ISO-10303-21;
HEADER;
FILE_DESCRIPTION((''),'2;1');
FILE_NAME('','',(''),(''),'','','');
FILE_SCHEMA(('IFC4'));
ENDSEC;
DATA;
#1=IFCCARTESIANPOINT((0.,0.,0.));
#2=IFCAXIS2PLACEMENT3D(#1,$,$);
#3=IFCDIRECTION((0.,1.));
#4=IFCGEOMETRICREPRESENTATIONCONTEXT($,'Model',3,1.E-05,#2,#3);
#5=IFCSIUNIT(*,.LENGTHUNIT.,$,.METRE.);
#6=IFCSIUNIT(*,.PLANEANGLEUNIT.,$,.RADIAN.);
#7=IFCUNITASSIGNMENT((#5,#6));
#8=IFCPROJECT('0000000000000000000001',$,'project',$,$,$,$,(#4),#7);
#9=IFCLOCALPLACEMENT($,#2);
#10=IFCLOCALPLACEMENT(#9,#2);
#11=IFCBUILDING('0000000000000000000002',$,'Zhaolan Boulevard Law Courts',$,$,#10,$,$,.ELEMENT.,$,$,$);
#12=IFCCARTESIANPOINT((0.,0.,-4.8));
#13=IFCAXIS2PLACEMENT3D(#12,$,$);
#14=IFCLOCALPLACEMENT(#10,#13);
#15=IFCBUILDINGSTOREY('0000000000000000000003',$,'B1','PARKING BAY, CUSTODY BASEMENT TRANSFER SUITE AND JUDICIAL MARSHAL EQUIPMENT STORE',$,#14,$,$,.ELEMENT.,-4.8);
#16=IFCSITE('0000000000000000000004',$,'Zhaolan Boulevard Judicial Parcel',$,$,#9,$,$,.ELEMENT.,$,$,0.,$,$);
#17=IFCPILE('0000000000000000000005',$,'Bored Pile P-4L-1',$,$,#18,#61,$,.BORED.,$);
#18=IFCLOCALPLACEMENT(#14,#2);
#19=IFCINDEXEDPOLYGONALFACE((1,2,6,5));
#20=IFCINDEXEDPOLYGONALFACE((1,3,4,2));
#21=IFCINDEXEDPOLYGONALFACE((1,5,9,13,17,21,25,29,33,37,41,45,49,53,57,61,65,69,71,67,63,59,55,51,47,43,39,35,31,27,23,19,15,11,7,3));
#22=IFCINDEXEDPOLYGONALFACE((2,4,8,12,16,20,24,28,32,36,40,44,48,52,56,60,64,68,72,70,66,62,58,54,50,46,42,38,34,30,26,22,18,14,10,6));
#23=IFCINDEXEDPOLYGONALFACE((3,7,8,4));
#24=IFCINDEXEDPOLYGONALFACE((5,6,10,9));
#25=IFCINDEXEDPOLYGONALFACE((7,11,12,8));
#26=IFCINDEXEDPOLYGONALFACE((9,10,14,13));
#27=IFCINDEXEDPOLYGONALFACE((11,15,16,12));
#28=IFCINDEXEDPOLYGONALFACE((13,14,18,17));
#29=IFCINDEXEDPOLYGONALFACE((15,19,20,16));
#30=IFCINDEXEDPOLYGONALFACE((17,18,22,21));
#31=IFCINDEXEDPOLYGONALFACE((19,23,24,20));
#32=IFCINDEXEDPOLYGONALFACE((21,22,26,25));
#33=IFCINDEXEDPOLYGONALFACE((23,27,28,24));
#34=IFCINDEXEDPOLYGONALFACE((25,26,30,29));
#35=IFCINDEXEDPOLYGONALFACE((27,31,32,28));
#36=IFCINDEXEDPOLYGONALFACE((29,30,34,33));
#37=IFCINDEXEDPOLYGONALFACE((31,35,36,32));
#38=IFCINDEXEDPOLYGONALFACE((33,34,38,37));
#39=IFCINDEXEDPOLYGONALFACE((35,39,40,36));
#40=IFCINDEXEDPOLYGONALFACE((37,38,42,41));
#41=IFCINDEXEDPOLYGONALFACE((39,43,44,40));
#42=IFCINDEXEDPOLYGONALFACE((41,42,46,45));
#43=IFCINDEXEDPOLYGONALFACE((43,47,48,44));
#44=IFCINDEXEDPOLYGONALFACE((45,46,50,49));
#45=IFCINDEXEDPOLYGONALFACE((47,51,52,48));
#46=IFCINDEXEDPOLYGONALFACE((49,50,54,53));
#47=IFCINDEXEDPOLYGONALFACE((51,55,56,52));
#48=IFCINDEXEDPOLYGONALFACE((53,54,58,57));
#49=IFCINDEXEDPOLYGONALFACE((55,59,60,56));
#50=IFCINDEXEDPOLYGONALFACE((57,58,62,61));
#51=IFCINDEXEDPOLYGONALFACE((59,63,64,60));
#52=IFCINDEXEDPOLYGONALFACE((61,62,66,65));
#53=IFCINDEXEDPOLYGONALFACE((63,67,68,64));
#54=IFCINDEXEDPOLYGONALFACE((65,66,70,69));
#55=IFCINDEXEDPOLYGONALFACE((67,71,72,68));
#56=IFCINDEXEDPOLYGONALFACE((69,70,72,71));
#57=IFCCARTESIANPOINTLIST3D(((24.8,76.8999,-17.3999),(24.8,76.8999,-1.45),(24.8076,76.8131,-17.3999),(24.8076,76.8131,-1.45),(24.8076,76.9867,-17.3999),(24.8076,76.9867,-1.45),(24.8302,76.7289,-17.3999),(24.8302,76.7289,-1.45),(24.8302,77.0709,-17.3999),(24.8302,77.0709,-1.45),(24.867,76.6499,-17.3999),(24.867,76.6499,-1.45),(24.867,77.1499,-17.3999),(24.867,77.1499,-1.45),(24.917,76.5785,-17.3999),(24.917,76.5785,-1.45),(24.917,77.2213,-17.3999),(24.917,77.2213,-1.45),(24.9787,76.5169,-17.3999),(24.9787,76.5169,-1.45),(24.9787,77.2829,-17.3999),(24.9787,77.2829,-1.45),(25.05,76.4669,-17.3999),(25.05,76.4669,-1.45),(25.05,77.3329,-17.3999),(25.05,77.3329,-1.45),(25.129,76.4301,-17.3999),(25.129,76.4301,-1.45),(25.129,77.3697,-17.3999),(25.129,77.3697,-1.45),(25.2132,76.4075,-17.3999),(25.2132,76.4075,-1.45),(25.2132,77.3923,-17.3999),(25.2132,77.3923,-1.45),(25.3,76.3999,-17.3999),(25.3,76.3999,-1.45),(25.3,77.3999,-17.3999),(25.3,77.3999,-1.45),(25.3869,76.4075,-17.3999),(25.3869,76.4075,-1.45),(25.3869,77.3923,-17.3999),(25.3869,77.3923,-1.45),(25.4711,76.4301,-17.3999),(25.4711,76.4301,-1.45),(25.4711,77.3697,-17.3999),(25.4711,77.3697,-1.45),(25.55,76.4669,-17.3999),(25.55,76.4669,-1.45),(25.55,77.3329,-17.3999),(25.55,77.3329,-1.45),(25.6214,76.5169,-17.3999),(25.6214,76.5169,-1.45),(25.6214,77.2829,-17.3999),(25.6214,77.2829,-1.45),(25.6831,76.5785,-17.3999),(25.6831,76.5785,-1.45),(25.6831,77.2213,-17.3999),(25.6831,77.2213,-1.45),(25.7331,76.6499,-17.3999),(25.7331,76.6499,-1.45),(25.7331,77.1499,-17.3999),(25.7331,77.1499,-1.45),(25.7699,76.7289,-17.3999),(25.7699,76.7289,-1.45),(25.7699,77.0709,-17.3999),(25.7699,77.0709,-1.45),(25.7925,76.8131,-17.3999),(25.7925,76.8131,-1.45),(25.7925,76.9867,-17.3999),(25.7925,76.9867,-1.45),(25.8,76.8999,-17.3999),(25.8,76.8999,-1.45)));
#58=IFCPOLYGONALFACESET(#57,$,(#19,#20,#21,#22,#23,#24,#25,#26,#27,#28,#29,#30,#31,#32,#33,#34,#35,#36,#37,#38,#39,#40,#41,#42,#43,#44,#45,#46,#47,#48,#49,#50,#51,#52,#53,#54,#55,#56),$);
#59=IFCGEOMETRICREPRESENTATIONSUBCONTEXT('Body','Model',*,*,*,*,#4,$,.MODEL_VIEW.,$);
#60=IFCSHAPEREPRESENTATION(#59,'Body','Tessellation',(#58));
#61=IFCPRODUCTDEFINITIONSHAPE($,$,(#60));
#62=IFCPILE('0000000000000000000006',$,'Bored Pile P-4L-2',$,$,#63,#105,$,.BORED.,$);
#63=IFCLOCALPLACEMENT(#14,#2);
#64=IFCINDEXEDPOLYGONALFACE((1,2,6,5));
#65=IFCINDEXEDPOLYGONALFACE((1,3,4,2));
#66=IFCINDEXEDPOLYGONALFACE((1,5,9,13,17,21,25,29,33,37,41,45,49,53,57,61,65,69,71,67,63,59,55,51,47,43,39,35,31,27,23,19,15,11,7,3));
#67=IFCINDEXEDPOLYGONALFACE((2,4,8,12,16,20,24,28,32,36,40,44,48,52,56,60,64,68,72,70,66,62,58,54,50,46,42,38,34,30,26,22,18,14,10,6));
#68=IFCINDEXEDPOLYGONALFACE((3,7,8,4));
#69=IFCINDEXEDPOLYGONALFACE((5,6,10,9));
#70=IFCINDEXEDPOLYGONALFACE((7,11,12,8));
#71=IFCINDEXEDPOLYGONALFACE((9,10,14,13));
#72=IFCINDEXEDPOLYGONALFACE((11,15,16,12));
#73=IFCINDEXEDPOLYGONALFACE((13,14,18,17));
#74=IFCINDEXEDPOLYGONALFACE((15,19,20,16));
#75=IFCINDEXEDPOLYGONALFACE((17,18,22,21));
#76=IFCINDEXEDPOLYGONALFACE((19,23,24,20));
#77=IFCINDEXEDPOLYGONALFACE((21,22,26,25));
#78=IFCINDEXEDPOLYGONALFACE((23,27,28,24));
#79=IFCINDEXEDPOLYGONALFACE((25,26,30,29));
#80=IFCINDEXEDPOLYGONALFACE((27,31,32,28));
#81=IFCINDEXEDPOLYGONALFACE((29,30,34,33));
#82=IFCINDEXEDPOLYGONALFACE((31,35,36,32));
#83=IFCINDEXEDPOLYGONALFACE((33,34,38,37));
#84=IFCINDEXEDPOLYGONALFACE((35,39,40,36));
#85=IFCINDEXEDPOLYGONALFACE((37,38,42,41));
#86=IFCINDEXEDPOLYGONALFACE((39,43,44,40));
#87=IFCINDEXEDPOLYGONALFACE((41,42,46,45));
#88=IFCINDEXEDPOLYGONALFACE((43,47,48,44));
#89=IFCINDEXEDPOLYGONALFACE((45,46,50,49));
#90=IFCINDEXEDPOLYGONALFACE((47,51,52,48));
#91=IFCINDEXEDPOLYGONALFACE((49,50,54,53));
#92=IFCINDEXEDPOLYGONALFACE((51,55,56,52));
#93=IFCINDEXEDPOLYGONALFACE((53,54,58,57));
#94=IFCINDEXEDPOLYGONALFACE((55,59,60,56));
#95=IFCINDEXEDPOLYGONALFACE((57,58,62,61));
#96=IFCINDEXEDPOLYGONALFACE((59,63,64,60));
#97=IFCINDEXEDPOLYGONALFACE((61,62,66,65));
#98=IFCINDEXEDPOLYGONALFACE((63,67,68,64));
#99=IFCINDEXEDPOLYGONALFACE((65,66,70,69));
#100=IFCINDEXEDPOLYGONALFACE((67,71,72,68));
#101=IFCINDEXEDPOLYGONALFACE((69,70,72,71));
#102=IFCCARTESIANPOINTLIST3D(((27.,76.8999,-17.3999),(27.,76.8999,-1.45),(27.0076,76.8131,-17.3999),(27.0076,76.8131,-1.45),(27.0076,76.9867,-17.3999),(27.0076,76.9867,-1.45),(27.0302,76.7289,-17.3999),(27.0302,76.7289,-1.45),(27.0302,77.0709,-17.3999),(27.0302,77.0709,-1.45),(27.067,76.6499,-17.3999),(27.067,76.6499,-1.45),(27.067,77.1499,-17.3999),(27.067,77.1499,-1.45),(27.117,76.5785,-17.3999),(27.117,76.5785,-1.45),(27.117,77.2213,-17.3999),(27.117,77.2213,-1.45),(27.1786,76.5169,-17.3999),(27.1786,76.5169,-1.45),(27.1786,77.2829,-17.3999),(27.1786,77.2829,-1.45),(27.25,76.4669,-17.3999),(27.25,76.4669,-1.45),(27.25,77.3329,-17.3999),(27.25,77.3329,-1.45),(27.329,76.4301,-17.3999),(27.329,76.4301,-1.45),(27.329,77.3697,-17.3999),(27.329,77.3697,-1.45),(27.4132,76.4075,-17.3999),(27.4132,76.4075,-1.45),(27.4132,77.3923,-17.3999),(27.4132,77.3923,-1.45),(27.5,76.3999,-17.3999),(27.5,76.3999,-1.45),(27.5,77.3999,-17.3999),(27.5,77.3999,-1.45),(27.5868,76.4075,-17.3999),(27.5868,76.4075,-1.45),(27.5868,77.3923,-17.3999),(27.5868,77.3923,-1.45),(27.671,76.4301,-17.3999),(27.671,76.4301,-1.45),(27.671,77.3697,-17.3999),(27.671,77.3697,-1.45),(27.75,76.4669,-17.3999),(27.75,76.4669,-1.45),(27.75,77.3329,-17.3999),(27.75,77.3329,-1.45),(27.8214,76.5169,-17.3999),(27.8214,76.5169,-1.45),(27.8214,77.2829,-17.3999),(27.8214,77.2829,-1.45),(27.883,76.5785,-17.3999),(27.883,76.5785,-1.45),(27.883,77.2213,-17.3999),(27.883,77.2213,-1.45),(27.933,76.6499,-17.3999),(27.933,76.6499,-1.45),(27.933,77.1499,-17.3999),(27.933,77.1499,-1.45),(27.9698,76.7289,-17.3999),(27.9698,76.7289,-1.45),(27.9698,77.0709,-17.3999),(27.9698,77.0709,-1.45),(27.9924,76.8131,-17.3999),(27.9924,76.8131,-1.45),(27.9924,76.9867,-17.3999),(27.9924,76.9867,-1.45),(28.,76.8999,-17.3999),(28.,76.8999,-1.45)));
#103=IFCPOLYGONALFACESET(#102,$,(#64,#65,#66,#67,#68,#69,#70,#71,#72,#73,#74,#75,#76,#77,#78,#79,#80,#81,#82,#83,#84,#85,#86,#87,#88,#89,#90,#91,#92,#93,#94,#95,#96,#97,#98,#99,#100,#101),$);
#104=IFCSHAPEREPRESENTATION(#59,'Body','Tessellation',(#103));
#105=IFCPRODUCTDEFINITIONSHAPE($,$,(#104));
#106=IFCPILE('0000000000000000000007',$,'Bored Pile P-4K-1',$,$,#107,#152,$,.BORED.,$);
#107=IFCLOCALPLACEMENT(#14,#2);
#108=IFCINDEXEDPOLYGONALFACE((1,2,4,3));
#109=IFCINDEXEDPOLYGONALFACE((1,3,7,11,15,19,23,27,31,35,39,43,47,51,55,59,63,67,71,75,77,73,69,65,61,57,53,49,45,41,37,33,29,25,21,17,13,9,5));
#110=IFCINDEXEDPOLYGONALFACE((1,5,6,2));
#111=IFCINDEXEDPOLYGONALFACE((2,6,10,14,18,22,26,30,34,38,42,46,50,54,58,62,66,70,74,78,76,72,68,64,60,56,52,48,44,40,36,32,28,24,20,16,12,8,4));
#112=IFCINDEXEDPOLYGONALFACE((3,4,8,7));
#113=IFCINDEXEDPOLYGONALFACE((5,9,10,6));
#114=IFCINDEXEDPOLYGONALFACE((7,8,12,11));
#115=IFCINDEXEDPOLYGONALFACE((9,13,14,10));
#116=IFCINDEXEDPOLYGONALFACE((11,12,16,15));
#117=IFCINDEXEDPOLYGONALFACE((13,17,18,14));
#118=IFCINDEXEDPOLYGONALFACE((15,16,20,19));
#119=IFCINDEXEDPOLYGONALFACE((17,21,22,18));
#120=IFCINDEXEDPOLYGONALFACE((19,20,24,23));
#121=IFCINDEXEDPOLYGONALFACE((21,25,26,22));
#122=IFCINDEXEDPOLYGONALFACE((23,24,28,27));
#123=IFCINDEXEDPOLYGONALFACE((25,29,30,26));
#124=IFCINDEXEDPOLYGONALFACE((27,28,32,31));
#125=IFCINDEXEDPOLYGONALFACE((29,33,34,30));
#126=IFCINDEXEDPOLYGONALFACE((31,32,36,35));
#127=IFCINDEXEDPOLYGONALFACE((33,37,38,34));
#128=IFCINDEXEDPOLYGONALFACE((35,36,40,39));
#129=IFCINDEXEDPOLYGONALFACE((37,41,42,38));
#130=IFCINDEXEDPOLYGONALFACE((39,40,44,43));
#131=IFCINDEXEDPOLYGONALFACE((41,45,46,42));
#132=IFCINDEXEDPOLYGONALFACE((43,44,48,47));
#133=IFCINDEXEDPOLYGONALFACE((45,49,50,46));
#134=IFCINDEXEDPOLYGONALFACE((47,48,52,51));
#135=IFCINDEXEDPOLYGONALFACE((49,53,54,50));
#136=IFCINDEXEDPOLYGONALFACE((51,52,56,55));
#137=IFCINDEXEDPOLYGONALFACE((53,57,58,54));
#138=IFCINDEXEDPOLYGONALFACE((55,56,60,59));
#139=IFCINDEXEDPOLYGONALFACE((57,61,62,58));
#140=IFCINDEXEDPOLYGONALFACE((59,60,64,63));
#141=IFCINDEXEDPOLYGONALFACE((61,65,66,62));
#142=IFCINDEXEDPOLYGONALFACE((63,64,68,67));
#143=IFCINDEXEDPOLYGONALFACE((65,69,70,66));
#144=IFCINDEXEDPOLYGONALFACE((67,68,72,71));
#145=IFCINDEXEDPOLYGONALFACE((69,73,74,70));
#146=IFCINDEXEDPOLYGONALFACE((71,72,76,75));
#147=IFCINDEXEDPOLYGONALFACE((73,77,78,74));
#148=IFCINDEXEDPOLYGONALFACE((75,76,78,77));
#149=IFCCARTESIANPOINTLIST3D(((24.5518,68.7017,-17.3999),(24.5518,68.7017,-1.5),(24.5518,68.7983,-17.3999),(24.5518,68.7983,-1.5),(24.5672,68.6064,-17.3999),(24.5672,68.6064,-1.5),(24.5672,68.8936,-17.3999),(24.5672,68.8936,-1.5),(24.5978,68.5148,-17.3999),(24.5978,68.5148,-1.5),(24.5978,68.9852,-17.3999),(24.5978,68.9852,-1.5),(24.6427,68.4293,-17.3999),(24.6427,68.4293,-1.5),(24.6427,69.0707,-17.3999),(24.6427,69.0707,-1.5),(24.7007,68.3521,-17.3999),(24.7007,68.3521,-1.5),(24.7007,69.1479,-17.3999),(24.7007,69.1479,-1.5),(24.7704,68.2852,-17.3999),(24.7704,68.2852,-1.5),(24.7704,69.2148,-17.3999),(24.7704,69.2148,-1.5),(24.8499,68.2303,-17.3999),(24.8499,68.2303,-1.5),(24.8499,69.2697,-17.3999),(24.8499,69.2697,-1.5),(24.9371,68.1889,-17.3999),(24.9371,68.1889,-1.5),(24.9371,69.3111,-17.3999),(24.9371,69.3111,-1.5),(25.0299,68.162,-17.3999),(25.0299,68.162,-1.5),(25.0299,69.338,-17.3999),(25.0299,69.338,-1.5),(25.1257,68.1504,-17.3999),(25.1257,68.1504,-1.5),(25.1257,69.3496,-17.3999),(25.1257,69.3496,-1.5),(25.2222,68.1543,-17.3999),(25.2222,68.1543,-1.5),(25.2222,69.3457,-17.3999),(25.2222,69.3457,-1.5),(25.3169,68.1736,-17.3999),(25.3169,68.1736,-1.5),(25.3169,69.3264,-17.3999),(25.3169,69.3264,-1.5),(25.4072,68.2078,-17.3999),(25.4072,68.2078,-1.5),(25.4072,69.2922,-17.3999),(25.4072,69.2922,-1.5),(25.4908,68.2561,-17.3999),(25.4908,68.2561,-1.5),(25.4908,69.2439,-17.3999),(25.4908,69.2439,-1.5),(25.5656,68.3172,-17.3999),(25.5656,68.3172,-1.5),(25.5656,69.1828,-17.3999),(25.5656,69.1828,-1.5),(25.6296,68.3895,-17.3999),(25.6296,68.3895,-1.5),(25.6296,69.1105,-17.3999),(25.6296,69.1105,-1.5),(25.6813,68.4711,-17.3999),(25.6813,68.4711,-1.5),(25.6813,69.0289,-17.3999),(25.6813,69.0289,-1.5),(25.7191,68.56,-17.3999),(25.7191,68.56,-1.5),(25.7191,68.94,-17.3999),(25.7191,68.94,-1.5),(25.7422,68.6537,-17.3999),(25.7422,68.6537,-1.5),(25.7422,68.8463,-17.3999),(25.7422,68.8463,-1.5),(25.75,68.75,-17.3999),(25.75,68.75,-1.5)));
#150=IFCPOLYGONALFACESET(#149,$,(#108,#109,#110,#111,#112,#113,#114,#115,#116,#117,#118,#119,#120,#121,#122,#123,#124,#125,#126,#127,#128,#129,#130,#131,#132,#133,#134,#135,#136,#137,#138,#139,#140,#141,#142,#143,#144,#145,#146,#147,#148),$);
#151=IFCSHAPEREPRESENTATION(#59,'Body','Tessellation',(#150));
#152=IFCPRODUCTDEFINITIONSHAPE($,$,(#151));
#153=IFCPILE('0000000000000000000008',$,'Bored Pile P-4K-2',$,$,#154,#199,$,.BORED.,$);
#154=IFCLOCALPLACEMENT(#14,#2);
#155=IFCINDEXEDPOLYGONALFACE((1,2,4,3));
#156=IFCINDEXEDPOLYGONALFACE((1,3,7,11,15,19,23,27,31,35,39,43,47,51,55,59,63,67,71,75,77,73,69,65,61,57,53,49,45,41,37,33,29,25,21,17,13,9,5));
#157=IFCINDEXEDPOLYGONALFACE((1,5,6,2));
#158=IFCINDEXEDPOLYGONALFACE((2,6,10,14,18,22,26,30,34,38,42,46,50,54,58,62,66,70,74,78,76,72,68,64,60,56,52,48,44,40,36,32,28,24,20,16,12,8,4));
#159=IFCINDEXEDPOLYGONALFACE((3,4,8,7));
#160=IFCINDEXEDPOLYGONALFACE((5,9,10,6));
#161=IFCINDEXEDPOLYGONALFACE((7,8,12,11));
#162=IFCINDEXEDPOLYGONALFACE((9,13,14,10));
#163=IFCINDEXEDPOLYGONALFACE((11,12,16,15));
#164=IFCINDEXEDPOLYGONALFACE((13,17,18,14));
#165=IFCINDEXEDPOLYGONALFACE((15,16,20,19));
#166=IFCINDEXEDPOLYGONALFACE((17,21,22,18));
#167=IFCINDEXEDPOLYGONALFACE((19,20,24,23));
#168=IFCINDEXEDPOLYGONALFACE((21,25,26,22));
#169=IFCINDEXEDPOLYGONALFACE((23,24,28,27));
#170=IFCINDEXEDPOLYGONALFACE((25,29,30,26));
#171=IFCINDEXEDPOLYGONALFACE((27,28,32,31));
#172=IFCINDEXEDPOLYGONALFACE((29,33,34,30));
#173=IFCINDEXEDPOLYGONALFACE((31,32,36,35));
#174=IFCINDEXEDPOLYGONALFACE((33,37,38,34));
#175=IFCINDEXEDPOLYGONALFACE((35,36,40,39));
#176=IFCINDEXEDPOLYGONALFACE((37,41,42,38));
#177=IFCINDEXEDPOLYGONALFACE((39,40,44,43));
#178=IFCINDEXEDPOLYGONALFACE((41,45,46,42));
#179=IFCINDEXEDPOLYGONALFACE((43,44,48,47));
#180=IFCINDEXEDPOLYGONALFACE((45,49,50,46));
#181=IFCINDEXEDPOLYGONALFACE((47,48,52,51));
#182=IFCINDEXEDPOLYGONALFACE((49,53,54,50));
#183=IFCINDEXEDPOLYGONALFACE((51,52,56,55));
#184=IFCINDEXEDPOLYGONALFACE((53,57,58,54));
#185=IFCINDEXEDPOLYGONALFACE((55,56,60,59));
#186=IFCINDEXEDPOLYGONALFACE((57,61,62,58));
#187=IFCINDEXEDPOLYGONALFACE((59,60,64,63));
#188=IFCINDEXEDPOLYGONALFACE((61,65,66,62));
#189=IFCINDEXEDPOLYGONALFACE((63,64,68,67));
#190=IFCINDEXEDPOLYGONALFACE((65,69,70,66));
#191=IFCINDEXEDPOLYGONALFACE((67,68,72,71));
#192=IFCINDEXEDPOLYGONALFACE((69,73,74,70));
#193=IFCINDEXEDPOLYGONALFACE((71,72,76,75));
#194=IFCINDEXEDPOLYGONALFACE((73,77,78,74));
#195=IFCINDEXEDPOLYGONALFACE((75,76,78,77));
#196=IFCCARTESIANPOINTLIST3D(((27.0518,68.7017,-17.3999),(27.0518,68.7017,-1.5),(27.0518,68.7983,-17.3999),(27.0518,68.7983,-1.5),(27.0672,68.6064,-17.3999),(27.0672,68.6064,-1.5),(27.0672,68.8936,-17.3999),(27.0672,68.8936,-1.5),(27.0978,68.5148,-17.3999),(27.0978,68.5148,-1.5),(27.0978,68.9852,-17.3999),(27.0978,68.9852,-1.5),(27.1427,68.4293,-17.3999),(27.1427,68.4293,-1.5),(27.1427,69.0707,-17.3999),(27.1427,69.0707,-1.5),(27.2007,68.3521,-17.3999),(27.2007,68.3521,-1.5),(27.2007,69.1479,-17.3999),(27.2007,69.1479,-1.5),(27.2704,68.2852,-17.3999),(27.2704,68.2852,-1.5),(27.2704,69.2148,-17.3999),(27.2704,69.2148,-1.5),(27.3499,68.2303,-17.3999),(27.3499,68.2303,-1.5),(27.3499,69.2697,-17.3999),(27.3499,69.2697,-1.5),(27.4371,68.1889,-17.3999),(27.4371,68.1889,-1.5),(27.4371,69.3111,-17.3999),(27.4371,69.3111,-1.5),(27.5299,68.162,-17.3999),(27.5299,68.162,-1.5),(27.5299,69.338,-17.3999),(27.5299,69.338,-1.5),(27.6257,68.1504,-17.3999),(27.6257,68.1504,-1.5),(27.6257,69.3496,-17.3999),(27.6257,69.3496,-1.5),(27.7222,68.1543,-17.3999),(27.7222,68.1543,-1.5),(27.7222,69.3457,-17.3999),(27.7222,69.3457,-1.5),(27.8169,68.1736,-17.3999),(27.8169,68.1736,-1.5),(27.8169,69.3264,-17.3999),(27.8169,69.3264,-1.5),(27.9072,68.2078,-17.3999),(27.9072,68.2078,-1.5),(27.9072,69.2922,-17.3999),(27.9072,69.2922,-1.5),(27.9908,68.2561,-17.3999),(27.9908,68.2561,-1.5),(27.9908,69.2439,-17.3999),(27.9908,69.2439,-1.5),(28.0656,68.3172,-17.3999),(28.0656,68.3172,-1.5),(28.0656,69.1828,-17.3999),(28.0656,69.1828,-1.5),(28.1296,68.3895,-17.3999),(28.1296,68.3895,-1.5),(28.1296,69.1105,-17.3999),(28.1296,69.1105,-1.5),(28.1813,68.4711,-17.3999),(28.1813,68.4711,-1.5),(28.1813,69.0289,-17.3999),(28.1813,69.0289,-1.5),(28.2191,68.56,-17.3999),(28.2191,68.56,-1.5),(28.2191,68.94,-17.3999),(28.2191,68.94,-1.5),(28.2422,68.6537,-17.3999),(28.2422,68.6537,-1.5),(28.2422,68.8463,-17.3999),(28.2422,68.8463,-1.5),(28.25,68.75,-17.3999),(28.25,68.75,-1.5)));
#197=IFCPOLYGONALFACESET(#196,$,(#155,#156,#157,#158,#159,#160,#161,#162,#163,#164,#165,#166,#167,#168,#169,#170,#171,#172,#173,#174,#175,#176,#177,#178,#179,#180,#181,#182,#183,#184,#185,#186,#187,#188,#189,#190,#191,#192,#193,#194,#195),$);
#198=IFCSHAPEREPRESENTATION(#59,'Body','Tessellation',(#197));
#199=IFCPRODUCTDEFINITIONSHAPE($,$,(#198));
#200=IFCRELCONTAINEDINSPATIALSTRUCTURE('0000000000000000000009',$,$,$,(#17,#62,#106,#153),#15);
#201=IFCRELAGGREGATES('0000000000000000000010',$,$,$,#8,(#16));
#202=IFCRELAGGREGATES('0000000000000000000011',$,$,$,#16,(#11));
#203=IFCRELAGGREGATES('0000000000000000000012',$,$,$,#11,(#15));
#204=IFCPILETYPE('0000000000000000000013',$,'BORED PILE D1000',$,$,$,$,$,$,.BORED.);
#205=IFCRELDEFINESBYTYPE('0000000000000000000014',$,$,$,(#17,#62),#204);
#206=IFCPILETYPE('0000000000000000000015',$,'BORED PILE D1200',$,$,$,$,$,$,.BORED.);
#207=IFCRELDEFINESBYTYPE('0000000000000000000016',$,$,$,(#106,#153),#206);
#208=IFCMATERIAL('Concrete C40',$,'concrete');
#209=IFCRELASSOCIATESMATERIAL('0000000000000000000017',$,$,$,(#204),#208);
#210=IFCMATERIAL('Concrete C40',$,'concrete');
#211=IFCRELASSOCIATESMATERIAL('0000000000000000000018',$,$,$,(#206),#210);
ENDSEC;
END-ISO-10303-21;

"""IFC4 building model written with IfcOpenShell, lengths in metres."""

from ifc_helpers import new_model, si_unit, direction, frame, origin, origin_2d, place, context, subcontext, project, spatial, circle, extrude, material, material_profile, profile_set, type_object, element, save


model = new_model("IFC4")

# Units and contexts
model_context = context("Model", 3, precision=1e-05, world=origin(), true_north=direction((0.0, 1.0)))
body_context = subcontext(model_context, "Body", "Model", "MODEL_VIEW")
ifc_project = project(units=[si_unit("LENGTHUNIT", "METRE"), si_unit("PLANEANGLEUNIT", "RADIAN")], contexts=[model_context])

# Site, building, storey
site_placement = place(None, origin())
site = spatial("IfcSite", under=ifc_project, at=site_placement, Name="Zhaolan Boulevard Judicial Parcel", CompositionType="ELEMENT", RefElevation=0.0)
building_placement = place(site_placement, origin())
building = spatial("IfcBuilding", under=site, at=building_placement, Name="Zhaolan Boulevard Law Courts", CompositionType="ELEMENT")
storey_placement = place(building_placement, frame((0.0, 0.0, -4.8)))
storey = spatial("IfcBuildingStorey", under=building, at=storey_placement, Name="B1", Description="PARKING BAY, CUSTODY BASEMENT TRANSFER SUITE AND JUDICIAL MARSHAL EQUIPMENT STORE", CompositionType="ELEMENT", Elevation=-4.8)

# Piles
ifc_material_1 = material(Name="Concrete C40", Category="concrete")
ifc_material_profile_1 = material_profile(ifc_material_1, circle(Radius=0.5, at=origin_2d()), Name="PILE-D1000")
ifc_profile_set_1 = profile_set([ifc_material_profile_1], Name="Concrete C40")
pile_type_1 = type_object("IfcPileType", Name="BORED PILE D1000", PredefinedType="BORED", material=ifc_profile_set_1)
for number, where, z_axis, x_axis, name in (
    (1, (25.3, 76.8999, -1.45), (0.0, 0.0, -1.0), (1.0, 0.0, 0.0), "Bored Pile P-4L-1"),
    (2, (27.5, 76.8999, -1.45), (0.0, 0.0, -1.0), (1.0, 0.0, 0.0), "Bored Pile P-4L-2"),
):
    element("IfcPile", number, at=place(storey_placement, frame(where, z_axis=z_axis, x_axis=x_axis)), inside=storey, type_object=pile_type_1, Name=name, PredefinedType="BORED", context=body_context, shape_type="SweptSolid", body=[
        extrude(circle(Radius=0.5, at=origin_2d()), origin(), (0.0, 0.0, 1.0), 15.95),
    ])
ifc_material_2 = material(Name="Concrete C40", Category="concrete")
ifc_material_profile_2 = material_profile(ifc_material_2, circle(Radius=0.6001, at=origin_2d()), Name="PILE-D1200")
ifc_profile_set_2 = profile_set([ifc_material_profile_2], Name="Concrete C40")
pile_type_2 = type_object("IfcPileType", Name="BORED PILE D1200", PredefinedType="BORED", material=ifc_profile_set_2)
for number, where, z_axis, x_axis, name in (
    (3, (25.1499, 68.75, -1.5), (0.0, 0.0, -1.0), (1.0, 0.0, 0.0), "Bored Pile P-4K-1"),
    (4, (27.6499, 68.75, -1.5), (0.0, 0.0, -1.0), (1.0, 0.0, 0.0), "Bored Pile P-4K-2"),
):
    element("IfcPile", number, at=place(storey_placement, frame(where, z_axis=z_axis, x_axis=x_axis)), inside=storey, type_object=pile_type_2, Name=name, PredefinedType="BORED", context=body_context, shape_type="SweptSolid", body=[
        extrude(circle(Radius=0.6001, at=origin_2d()), origin(), (0.0, 0.0, 1.0), 15.8999),
    ])

save(model, "model.ifc")
